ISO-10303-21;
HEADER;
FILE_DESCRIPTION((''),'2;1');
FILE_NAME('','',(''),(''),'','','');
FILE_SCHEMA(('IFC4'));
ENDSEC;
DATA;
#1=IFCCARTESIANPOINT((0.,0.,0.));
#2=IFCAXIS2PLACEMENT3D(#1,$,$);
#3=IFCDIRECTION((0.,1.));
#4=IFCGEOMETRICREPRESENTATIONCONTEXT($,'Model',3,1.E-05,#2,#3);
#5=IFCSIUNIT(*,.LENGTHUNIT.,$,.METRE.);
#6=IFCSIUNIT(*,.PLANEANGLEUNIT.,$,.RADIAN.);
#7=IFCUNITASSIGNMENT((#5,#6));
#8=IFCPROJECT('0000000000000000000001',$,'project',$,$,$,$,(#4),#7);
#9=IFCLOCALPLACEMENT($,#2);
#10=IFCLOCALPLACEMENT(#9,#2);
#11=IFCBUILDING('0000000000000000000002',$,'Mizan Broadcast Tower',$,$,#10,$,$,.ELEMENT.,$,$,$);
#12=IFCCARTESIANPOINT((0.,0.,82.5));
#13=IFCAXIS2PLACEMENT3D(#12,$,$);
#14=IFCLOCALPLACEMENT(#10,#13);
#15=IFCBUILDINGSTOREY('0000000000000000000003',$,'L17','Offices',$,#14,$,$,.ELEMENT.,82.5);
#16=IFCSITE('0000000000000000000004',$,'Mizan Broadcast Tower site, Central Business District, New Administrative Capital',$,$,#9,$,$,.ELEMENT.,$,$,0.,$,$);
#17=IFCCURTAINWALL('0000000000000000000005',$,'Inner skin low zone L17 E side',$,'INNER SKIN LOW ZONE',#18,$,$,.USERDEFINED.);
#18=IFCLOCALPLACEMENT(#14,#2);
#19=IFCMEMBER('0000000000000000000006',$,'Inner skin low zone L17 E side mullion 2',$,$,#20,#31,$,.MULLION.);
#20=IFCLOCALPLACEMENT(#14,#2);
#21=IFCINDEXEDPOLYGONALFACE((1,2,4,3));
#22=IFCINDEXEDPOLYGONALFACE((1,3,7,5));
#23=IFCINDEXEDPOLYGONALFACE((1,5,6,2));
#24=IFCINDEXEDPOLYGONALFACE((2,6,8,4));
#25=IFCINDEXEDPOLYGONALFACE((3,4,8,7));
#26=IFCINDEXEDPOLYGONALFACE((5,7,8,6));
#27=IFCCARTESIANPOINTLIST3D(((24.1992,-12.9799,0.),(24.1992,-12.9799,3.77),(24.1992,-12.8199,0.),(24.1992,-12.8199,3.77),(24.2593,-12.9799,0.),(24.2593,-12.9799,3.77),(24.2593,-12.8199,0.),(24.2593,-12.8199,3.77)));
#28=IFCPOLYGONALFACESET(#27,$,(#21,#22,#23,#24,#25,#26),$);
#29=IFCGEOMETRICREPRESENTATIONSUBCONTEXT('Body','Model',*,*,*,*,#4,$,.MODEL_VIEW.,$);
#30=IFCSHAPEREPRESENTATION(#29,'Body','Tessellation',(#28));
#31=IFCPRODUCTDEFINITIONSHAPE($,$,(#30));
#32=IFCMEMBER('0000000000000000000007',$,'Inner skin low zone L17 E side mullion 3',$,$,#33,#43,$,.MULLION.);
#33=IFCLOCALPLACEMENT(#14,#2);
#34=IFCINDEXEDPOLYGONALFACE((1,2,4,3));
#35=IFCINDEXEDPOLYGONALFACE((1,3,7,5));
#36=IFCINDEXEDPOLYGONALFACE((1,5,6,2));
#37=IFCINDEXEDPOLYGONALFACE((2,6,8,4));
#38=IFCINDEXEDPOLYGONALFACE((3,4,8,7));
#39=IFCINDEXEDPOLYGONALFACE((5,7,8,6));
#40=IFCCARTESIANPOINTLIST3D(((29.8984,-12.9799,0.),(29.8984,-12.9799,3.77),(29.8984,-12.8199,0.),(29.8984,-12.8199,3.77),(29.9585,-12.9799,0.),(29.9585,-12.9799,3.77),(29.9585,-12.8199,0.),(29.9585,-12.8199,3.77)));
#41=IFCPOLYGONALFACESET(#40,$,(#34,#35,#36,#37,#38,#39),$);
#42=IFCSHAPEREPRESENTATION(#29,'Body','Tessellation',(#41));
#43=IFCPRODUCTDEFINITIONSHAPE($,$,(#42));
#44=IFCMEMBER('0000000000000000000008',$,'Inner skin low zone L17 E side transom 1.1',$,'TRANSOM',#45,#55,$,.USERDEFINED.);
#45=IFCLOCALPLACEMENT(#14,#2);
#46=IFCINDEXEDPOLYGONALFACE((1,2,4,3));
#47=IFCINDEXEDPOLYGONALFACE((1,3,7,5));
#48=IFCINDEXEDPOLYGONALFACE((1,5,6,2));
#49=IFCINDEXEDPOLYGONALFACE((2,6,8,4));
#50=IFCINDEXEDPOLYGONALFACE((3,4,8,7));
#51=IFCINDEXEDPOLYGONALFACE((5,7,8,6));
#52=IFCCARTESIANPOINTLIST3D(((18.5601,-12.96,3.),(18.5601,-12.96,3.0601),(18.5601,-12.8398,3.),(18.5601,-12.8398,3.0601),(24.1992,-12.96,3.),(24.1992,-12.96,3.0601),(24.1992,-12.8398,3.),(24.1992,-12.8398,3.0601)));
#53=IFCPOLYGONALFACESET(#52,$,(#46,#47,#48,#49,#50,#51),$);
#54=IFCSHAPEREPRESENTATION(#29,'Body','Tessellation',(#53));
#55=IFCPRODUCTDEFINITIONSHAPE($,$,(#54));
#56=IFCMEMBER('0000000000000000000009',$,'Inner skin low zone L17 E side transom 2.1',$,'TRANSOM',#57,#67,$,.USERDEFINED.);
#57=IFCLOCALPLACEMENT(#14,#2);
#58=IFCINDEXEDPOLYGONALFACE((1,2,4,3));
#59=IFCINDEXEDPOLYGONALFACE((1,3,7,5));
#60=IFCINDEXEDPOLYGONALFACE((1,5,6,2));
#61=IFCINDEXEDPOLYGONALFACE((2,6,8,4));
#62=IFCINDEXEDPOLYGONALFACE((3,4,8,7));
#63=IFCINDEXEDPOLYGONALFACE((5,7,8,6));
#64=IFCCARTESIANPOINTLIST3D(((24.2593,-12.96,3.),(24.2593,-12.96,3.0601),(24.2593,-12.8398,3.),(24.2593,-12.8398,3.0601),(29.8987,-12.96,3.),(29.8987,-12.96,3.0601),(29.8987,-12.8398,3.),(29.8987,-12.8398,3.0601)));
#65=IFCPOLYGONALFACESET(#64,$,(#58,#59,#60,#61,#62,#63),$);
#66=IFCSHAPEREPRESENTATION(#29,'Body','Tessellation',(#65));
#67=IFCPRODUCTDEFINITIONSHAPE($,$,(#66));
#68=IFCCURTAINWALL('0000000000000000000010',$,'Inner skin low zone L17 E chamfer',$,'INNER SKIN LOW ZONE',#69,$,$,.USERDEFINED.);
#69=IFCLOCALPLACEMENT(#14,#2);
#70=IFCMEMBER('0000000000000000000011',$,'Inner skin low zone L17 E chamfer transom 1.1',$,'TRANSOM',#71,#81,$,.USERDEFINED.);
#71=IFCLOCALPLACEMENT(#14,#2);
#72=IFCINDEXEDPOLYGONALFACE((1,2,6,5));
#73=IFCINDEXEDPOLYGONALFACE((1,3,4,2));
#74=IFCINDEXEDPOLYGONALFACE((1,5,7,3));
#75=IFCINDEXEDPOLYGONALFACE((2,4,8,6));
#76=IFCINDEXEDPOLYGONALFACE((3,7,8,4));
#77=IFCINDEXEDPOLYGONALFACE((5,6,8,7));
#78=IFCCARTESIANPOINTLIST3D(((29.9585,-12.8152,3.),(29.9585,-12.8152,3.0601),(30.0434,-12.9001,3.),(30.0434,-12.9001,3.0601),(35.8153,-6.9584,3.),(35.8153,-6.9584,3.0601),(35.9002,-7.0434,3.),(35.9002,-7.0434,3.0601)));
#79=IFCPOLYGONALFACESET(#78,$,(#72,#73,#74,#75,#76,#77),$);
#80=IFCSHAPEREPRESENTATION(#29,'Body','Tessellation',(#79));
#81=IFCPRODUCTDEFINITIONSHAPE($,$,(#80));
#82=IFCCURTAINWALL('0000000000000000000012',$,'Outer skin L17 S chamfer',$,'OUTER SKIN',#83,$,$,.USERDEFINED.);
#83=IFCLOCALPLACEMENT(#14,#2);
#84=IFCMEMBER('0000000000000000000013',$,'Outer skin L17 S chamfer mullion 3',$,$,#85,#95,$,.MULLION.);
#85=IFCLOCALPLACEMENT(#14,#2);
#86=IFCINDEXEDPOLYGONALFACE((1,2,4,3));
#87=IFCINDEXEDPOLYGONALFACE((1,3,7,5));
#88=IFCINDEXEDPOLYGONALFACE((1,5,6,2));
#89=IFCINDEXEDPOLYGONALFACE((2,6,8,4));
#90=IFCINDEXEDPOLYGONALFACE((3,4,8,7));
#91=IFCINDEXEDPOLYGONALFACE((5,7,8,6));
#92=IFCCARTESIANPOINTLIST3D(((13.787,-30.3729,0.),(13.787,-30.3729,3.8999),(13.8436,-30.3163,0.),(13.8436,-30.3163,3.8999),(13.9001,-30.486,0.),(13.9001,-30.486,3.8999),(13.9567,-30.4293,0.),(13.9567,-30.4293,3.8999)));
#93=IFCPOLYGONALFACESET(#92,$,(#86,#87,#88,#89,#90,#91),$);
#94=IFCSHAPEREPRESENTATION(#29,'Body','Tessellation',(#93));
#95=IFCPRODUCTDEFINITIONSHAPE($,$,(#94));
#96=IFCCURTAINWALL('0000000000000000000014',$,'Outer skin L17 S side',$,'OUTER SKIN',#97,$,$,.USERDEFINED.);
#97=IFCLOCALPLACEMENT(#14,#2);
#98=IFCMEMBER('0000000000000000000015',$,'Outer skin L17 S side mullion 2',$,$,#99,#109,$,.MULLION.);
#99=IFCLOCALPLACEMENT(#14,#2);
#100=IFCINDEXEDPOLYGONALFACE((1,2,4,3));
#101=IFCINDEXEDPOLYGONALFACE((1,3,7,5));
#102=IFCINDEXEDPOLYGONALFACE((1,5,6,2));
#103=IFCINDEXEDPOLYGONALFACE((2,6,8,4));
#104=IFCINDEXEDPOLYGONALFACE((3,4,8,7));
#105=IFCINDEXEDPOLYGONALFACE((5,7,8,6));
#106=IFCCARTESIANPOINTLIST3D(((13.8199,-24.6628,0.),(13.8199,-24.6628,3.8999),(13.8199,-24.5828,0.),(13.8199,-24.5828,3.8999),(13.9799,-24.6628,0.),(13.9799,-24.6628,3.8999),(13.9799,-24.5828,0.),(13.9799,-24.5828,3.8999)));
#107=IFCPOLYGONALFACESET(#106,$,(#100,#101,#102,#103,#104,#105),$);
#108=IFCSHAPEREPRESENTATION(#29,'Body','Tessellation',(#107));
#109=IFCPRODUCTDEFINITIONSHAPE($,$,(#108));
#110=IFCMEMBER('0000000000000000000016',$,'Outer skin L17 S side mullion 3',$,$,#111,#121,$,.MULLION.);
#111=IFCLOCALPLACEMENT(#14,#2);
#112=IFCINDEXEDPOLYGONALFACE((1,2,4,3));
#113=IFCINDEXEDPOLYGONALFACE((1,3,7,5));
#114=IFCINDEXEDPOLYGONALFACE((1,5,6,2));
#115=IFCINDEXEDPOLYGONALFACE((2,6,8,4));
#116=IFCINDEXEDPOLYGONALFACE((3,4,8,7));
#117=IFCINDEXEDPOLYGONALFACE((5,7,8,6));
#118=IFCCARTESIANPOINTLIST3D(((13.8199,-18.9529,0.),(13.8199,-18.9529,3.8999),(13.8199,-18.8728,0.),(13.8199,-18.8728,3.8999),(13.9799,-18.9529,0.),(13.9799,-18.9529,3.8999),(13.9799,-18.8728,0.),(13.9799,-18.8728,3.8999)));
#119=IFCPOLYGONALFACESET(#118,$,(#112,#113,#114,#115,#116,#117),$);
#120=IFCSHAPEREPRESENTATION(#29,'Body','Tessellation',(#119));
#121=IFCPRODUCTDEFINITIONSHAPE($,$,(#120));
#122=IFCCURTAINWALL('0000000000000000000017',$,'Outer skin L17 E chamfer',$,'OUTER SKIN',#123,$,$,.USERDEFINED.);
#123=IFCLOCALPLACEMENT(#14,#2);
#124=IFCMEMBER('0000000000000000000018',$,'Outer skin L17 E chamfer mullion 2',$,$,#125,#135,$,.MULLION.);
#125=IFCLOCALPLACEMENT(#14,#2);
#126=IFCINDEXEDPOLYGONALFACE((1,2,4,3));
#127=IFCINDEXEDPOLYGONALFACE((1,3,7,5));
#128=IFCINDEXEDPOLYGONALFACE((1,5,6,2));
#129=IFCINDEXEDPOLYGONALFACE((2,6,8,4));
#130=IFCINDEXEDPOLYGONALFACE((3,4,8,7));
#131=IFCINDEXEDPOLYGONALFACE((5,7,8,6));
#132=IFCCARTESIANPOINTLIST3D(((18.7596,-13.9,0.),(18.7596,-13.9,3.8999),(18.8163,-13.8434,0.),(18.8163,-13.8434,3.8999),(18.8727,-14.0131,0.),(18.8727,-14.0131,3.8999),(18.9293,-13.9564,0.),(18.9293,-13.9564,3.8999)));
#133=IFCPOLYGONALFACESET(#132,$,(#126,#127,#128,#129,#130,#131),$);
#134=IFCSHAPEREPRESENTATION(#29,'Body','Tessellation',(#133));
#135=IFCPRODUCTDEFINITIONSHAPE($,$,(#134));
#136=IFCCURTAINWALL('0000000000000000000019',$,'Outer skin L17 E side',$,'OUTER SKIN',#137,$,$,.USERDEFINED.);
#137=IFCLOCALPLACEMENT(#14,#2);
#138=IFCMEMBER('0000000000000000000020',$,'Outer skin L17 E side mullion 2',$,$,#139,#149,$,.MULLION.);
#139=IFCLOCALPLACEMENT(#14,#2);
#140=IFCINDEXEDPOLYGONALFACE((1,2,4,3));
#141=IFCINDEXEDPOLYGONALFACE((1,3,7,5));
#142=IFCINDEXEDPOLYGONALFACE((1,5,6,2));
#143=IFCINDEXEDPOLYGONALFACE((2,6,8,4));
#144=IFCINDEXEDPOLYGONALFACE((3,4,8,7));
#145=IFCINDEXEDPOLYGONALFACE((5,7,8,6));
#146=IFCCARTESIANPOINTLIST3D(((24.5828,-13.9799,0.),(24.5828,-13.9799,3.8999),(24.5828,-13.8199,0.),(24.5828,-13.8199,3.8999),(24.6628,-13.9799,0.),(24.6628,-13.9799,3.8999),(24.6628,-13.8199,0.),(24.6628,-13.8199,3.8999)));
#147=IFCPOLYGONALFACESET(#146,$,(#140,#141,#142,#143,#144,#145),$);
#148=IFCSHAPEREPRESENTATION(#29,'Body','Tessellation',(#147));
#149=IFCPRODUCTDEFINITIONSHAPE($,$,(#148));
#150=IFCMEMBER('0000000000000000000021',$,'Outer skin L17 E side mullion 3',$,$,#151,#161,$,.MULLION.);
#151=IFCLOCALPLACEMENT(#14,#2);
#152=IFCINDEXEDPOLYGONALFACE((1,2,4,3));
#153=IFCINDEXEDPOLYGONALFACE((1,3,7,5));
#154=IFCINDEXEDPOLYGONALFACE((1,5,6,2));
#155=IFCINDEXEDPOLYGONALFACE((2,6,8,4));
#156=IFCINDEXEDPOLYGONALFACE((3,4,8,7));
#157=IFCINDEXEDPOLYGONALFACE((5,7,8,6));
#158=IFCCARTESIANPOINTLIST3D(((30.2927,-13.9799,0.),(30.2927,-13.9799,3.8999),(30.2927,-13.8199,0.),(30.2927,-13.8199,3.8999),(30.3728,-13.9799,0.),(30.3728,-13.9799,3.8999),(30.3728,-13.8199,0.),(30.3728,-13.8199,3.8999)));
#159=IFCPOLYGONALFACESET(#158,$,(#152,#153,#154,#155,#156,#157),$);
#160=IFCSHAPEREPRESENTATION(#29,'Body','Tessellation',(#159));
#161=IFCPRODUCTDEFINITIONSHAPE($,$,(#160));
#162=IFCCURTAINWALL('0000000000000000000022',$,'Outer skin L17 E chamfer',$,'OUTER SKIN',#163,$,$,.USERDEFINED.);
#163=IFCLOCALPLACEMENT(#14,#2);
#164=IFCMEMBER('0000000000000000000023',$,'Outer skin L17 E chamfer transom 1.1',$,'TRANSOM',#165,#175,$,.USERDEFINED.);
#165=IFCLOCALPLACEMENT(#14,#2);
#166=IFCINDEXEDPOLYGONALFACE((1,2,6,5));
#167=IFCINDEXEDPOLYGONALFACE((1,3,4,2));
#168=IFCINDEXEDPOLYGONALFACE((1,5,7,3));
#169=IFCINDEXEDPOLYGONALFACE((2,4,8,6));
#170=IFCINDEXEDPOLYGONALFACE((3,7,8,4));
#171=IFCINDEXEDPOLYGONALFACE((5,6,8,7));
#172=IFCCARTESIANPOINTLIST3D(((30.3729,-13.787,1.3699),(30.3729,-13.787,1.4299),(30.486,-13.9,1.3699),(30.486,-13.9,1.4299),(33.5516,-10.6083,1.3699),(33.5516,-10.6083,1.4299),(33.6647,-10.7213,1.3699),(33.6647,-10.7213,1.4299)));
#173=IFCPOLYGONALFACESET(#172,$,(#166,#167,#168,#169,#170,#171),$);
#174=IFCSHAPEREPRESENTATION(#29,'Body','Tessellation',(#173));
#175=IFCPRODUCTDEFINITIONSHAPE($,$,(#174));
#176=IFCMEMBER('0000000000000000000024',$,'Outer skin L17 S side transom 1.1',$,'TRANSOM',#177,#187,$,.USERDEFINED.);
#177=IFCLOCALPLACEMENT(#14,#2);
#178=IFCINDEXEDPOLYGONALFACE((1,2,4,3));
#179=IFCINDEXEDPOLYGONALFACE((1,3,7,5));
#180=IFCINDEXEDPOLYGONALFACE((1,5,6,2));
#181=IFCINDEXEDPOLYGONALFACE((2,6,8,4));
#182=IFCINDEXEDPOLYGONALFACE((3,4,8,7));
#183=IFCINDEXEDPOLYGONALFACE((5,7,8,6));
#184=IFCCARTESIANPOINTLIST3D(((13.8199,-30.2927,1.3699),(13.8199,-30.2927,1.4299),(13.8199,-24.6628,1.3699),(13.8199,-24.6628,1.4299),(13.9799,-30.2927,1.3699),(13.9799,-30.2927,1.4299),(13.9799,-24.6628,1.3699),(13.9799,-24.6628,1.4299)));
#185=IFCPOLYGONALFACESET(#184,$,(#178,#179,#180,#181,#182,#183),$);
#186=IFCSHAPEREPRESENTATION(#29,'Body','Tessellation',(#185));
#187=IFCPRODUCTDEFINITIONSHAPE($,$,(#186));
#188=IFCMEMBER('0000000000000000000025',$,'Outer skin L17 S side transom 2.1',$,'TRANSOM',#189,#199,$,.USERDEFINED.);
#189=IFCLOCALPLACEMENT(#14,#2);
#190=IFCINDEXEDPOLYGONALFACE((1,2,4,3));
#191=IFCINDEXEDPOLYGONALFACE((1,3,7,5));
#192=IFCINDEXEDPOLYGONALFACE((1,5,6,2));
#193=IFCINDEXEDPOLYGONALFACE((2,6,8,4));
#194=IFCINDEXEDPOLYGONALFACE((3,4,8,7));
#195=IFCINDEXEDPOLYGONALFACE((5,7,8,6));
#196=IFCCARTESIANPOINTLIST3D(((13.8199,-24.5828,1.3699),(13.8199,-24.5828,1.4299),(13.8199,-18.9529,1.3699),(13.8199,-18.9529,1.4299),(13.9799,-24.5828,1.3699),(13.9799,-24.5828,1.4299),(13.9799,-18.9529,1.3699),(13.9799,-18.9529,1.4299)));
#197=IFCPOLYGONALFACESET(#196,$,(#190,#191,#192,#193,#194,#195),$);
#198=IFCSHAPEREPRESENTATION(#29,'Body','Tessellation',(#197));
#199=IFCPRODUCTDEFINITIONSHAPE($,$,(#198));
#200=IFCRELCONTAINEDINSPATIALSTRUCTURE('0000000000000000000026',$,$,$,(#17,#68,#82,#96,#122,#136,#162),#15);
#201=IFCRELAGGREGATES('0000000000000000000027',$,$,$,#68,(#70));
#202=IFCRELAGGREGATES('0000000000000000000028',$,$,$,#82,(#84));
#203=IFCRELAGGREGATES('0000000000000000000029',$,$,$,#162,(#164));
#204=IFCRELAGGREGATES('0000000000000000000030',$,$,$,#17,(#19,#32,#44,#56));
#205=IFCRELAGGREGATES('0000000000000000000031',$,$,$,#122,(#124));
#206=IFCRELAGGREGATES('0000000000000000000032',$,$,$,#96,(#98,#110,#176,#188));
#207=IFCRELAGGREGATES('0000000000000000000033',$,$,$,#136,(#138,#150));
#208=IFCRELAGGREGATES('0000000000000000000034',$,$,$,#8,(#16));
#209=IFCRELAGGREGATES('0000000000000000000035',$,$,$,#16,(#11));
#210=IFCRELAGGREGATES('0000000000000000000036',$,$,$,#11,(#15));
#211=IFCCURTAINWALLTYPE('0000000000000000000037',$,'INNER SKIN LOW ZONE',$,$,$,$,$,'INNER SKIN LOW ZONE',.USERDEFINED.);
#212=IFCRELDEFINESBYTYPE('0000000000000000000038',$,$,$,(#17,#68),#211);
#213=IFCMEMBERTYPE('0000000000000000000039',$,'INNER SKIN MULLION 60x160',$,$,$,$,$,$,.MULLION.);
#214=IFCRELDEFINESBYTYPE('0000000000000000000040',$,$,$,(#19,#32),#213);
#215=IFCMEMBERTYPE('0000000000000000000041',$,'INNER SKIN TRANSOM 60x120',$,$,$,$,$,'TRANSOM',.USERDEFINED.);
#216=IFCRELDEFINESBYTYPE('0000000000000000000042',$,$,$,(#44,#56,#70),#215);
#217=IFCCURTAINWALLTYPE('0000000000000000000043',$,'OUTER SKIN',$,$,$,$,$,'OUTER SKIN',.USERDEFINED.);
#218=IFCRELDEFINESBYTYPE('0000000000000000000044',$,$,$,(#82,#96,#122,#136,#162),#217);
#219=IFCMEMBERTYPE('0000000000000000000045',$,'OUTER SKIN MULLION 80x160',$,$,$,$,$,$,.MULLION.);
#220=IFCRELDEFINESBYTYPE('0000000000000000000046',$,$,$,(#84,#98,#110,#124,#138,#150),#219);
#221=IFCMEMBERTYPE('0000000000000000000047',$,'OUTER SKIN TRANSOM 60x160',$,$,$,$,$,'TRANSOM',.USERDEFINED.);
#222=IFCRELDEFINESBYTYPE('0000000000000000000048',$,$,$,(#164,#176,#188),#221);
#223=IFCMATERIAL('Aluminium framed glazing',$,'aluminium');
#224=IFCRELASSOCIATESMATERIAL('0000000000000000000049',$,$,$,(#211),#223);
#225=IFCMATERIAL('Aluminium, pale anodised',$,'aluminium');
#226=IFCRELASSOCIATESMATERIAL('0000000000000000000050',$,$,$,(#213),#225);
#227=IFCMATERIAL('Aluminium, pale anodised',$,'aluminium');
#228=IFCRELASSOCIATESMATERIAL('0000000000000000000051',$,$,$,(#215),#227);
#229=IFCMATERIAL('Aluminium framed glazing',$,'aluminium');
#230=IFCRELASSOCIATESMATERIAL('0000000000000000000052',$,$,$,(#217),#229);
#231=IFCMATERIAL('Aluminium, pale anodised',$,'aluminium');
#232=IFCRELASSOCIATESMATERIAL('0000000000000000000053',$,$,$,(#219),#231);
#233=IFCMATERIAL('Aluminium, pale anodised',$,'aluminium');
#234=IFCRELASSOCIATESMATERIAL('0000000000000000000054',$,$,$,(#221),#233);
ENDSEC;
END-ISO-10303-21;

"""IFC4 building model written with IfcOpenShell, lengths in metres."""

from ifc_helpers import new_model, si_unit, direction, frame, origin, origin_2d, place, context, subcontext, project, spatial, rectangle, extrude, material, material_profile, profile_set, type_object, element, aggregate, save


model = new_model("IFC4")

# Units and contexts
model_context = context("Model", 3, precision=1e-05, world=origin(), true_north=direction((0.0, 1.0)))
body_context = subcontext(model_context, "Body", "Model", "MODEL_VIEW")
ifc_project = project(units=[si_unit("LENGTHUNIT", "METRE"), si_unit("PLANEANGLEUNIT", "RADIAN")], contexts=[model_context])

# Site, building, storey
site_placement = place(None, origin())
site = spatial("IfcSite", under=ifc_project, at=site_placement, Name="Mizan Broadcast Tower site, Central Business District, New Administrative Capital", CompositionType="ELEMENT", RefElevation=0.0)
building_placement = place(site_placement, origin())
building = spatial("IfcBuilding", under=site, at=building_placement, Name="Mizan Broadcast Tower", CompositionType="ELEMENT")
storey_placement = place(building_placement, frame((0.0, 0.0, 82.5)))
storey = spatial("IfcBuildingStorey", under=building, at=storey_placement, Name="L17", Description="Offices", CompositionType="ELEMENT", Elevation=82.5)

# Curtain wall, members
ifc_material_1 = material(Name="Aluminium framed glazing", Category="aluminium")
curtain_wall_type_1 = type_object("IfcCurtainWallType", Name="INNER SKIN LOW ZONE", ElementType="INNER SKIN LOW ZONE", PredefinedType="USERDEFINED", material=ifc_material_1)
curtain_wall_1_placement = place(storey_placement, origin())
curtain_wall_1 = element("IfcCurtainWall", 1, at=curtain_wall_1_placement, inside=storey, type_object=curtain_wall_type_1, Name="Inner skin low zone L17 E side", ObjectType="INNER SKIN LOW ZONE", PredefinedType="USERDEFINED")
ifc_material_2 = material(Name="Aluminium, pale anodised", Category="aluminium")
ifc_material_profile_1 = material_profile(ifc_material_2, rectangle(XDim=0.1599, YDim=0.0601, at=origin_2d()), Name="MULLION 160x60")
ifc_profile_set_1 = profile_set([ifc_material_profile_1], Name="Aluminium, pale anodised")
member_type_1 = type_object("IfcMemberType", Name="INNER SKIN MULLION 60x160", PredefinedType="MULLION", material=ifc_profile_set_1)
member_1_placement = place(storey_placement, frame((24.2292, -12.8999, 0.0), z_axis=(0.0, 0.0, 1.0), x_axis=(0.0, 1.0, 0.0)))
member_1 = element("IfcMember", 2, at=member_1_placement, type_object=member_type_1, Name="Inner skin low zone L17 E side mullion 2", PredefinedType="MULLION", context=body_context, shape_type="SweptSolid", body=[
    extrude(rectangle(XDim=0.1599, YDim=0.0601, at=origin_2d()), origin(), (0.0, 0.0, 1.0), 3.77),
])
member_2_placement = place(storey_placement, frame((29.9285, -12.8999, 0.0), z_axis=(0.0, 0.0, 1.0), x_axis=(0.0, 1.0, 0.0)))
member_2 = element("IfcMember", 3, at=member_2_placement, type_object=member_type_1, Name="Inner skin low zone L17 E side mullion 3", PredefinedType="MULLION", context=body_context, shape_type="SweptSolid", body=[
    extrude(rectangle(XDim=0.1599, YDim=0.0601, at=origin_2d()), origin(), (0.0, 0.0, 1.0), 3.77),
])
ifc_material_3 = material(Name="Aluminium, pale anodised", Category="aluminium")
ifc_material_profile_2 = material_profile(ifc_material_3, rectangle(XDim=0.1201, YDim=0.0601, at=origin_2d()), Name="TRANSOM 120x60")
ifc_profile_set_2 = profile_set([ifc_material_profile_2], Name="Aluminium, pale anodised")
member_type_2 = type_object("IfcMemberType", Name="INNER SKIN TRANSOM 60x120", ElementType="TRANSOM", PredefinedType="USERDEFINED", material=ifc_profile_set_2)
member_3_placement = place(storey_placement, frame((18.5601, -12.8999, 3.03), z_axis=(1.0, 0.0, 0.0), x_axis=(0.0, 1.0, 0.0)))
member_3 = element("IfcMember", 4, at=member_3_placement, type_object=member_type_2, Name="Inner skin low zone L17 E side transom 1.1", ObjectType="TRANSOM", PredefinedType="USERDEFINED", context=body_context, shape_type="SweptSolid", body=[
    extrude(rectangle(XDim=0.1201, YDim=0.0601, at=origin_2d()), origin(), (0.0, 0.0, 1.0), 5.6392),
])
member_4_placement = place(storey_placement, frame((24.2593, -12.8999, 3.03), z_axis=(1.0, 0.0, 0.0), x_axis=(0.0, 1.0, 0.0)))
member_4 = element("IfcMember", 5, at=member_4_placement, type_object=member_type_2, Name="Inner skin low zone L17 E side transom 2.1", ObjectType="TRANSOM", PredefinedType="USERDEFINED", context=body_context, shape_type="SweptSolid", body=[
    extrude(rectangle(XDim=0.1201, YDim=0.0601, at=origin_2d()), origin(), (0.0, 0.0, 1.0), 5.6394),
])

# Curtain walls, members
curtain_wall_2_placement = place(storey_placement, origin())
curtain_wall_2 = element("IfcCurtainWall", 6, at=curtain_wall_2_placement, inside=storey, type_object=curtain_wall_type_1, Name="Inner skin low zone L17 E chamfer", ObjectType="INNER SKIN LOW ZONE", PredefinedType="USERDEFINED")
member_5_placement = place(storey_placement, frame((30.001, -12.8577, 3.03), z_axis=(0.707107, 0.707107, 0.0), x_axis=(-0.707107, 0.707107, 0.0)))
member_5 = element("IfcMember", 7, at=member_5_placement, type_object=member_type_2, Name="Inner skin low zone L17 E chamfer transom 1.1", ObjectType="TRANSOM", PredefinedType="USERDEFINED", context=body_context, shape_type="SweptSolid", body=[
    extrude(rectangle(XDim=0.1201, YDim=0.0601, at=origin_2d()), origin(), (0.0, 0.0, 1.0), 8.2827),
])
aggregate(curtain_wall_2, [member_5])
ifc_material_4 = material(Name="Aluminium framed glazing", Category="aluminium")
curtain_wall_type_2 = type_object("IfcCurtainWallType", Name="OUTER SKIN", ElementType="OUTER SKIN", PredefinedType="USERDEFINED", material=ifc_material_4)
curtain_wall_3_placement = place(storey_placement, origin())
curtain_wall_3 = element("IfcCurtainWall", 8, at=curtain_wall_3_placement, inside=storey, type_object=curtain_wall_type_2, Name="Outer skin L17 S chamfer", ObjectType="OUTER SKIN", PredefinedType="USERDEFINED")
ifc_material_5 = material(Name="Aluminium, pale anodised", Category="aluminium")
ifc_material_profile_3 = material_profile(ifc_material_5, rectangle(XDim=0.1599, YDim=0.0801, at=origin_2d()), Name="MULLION 160x80")
ifc_profile_set_3 = profile_set([ifc_material_profile_3], Name="Aluminium, pale anodised")
member_type_3 = type_object("IfcMemberType", Name="OUTER SKIN MULLION 80x160", PredefinedType="MULLION", material=ifc_profile_set_3)
member_6_placement = place(storey_placement, frame((13.8718, -30.4011, 0.0), z_axis=(0.0, 0.0, 1.0), x_axis=(-0.707107, 0.707107, 0.0)))
member_6 = element("IfcMember", 9, at=member_6_placement, type_object=member_type_3, Name="Outer skin L17 S chamfer mullion 3", PredefinedType="MULLION", context=body_context, shape_type="SweptSolid", body=[
    extrude(rectangle(XDim=0.1599, YDim=0.0801, at=origin_2d()), origin(), (0.0, 0.0, 1.0), 3.8999),
])
aggregate(curtain_wall_3, [member_6])

# Curtain wall, members
curtain_wall_4_placement = place(storey_placement, origin())
curtain_wall_4 = element("IfcCurtainWall", 10, at=curtain_wall_4_placement, inside=storey, type_object=curtain_wall_type_2, Name="Outer skin L17 S side", ObjectType="OUTER SKIN", PredefinedType="USERDEFINED")
member_7_placement = place(storey_placement, frame((13.8999, -24.6228, 0.0), z_axis=(0.0, 0.0, 1.0), x_axis=(-1.0, 0.0, 0.0)))
member_7 = element("IfcMember", 11, at=member_7_placement, type_object=member_type_3, Name="Outer skin L17 S side mullion 2", PredefinedType="MULLION", context=body_context, shape_type="SweptSolid", body=[
    extrude(rectangle(XDim=0.1599, YDim=0.0801, at=origin_2d()), origin(), (0.0, 0.0, 1.0), 3.8999),
])
member_8_placement = place(storey_placement, frame((13.8999, -18.9128, 0.0), z_axis=(0.0, 0.0, 1.0), x_axis=(-1.0, 0.0, 0.0)))
member_8 = element("IfcMember", 12, at=member_8_placement, type_object=member_type_3, Name="Outer skin L17 S side mullion 3", PredefinedType="MULLION", context=body_context, shape_type="SweptSolid", body=[
    extrude(rectangle(XDim=0.1599, YDim=0.0801, at=origin_2d()), origin(), (0.0, 0.0, 1.0), 3.8999),
])

# Curtain wall, member
curtain_wall_5_placement = place(storey_placement, origin())
curtain_wall_5 = element("IfcCurtainWall", 13, at=curtain_wall_5_placement, inside=storey, type_object=curtain_wall_type_2, Name="Outer skin L17 E chamfer", ObjectType="OUTER SKIN", PredefinedType="USERDEFINED")
member_9_placement = place(storey_placement, frame((18.8445, -13.9282, 0.0), z_axis=(0.0, 0.0, 1.0), x_axis=(-0.707107, 0.707107, 0.0)))
member_9 = element("IfcMember", 14, at=member_9_placement, type_object=member_type_3, Name="Outer skin L17 E chamfer mullion 2", PredefinedType="MULLION", context=body_context, shape_type="SweptSolid", body=[
    extrude(rectangle(XDim=0.1599, YDim=0.0801, at=origin_2d()), origin(), (0.0, 0.0, 1.0), 3.8999),
])

# Curtain wall, members
curtain_wall_6_placement = place(storey_placement, origin())
curtain_wall_6 = element("IfcCurtainWall", 15, at=curtain_wall_6_placement, inside=storey, type_object=curtain_wall_type_2, Name="Outer skin L17 E side", ObjectType="OUTER SKIN", PredefinedType="USERDEFINED")
member_10_placement = place(storey_placement, frame((24.6228, -13.8999, 0.0), z_axis=(0.0, 0.0, 1.0), x_axis=(0.0, 1.0, 0.0)))
member_10 = element("IfcMember", 16, at=member_10_placement, type_object=member_type_3, Name="Outer skin L17 E side mullion 2", PredefinedType="MULLION", context=body_context, shape_type="SweptSolid", body=[
    extrude(rectangle(XDim=0.1599, YDim=0.0801, at=origin_2d()), origin(), (0.0, 0.0, 1.0), 3.8999),
])
member_11_placement = place(storey_placement, frame((30.3328, -13.8999, 0.0), z_axis=(0.0, 0.0, 1.0), x_axis=(0.0, 1.0, 0.0)))
member_11 = element("IfcMember", 17, at=member_11_placement, type_object=member_type_3, Name="Outer skin L17 E side mullion 3", PredefinedType="MULLION", context=body_context, shape_type="SweptSolid", body=[
    extrude(rectangle(XDim=0.1599, YDim=0.0801, at=origin_2d()), origin(), (0.0, 0.0, 1.0), 3.8999),
])

# Curtain wall, member
curtain_wall_7_placement = place(storey_placement, origin())
curtain_wall_7 = element("IfcCurtainWall", 18, at=curtain_wall_7_placement, inside=storey, type_object=curtain_wall_type_2, Name="Outer skin L17 E chamfer", ObjectType="OUTER SKIN", PredefinedType="USERDEFINED")
ifc_material_6 = material(Name="Aluminium, pale anodised", Category="aluminium")
ifc_material_profile_4 = material_profile(ifc_material_6, rectangle(XDim=0.1599, YDim=0.0601, at=origin_2d()), Name="TRANSOM 160x60")
ifc_profile_set_4 = profile_set([ifc_material_profile_4], Name="Aluminium, pale anodised")
member_type_4 = type_object("IfcMemberType", Name="OUTER SKIN TRANSOM 60x160", ElementType="TRANSOM", PredefinedType="USERDEFINED", material=ifc_profile_set_4)
member_12_placement = place(storey_placement, frame((30.4294, -13.8435, 1.3999), z_axis=(0.707107, 0.707107, 0.0), x_axis=(-0.707107, 0.707107, 0.0)))
member_12 = element("IfcMember", 19, at=member_12_placement, type_object=member_type_4, Name="Outer skin L17 E chamfer transom 1.1", ObjectType="TRANSOM", PredefinedType="USERDEFINED", context=body_context, shape_type="SweptSolid", body=[
    extrude(rectangle(XDim=0.1599, YDim=0.0601, at=origin_2d()), origin(), (0.0, 0.0, 1.0), 4.4954),
])
aggregate(curtain_wall_7, [member_12])

# Members
member_13_placement = place(storey_placement, frame((13.8999, -30.2927, 1.3999), z_axis=(0.0, 1.0, 0.0), x_axis=(-1.0, 0.0, 0.0)))
member_13 = element("IfcMember", 20, at=member_13_placement, type_object=member_type_4, Name="Outer skin L17 S side transom 1.1", ObjectType="TRANSOM", PredefinedType="USERDEFINED", context=body_context, shape_type="SweptSolid", body=[
    extrude(rectangle(XDim=0.1599, YDim=0.0601, at=origin_2d()), origin(), (0.0, 0.0, 1.0), 5.6299),
])
member_14_placement = place(storey_placement, frame((13.8999, -24.5828, 1.3999), z_axis=(0.0, 1.0, 0.0), x_axis=(-1.0, 0.0, 0.0)))
member_14 = element("IfcMember", 21, at=member_14_placement, type_object=member_type_4, Name="Outer skin L17 S side transom 2.1", ObjectType="TRANSOM", PredefinedType="USERDEFINED", context=body_context, shape_type="SweptSolid", body=[
    extrude(rectangle(XDim=0.1599, YDim=0.0601, at=origin_2d()), origin(), (0.0, 0.0, 1.0), 5.6299),
])

aggregate(curtain_wall_1, [member_1, member_2, member_3, member_4])
aggregate(curtain_wall_5, [member_9])
aggregate(curtain_wall_4, [member_7, member_8, member_13, member_14])
aggregate(curtain_wall_6, [member_10, member_11])

save(model, "model.ifc")
